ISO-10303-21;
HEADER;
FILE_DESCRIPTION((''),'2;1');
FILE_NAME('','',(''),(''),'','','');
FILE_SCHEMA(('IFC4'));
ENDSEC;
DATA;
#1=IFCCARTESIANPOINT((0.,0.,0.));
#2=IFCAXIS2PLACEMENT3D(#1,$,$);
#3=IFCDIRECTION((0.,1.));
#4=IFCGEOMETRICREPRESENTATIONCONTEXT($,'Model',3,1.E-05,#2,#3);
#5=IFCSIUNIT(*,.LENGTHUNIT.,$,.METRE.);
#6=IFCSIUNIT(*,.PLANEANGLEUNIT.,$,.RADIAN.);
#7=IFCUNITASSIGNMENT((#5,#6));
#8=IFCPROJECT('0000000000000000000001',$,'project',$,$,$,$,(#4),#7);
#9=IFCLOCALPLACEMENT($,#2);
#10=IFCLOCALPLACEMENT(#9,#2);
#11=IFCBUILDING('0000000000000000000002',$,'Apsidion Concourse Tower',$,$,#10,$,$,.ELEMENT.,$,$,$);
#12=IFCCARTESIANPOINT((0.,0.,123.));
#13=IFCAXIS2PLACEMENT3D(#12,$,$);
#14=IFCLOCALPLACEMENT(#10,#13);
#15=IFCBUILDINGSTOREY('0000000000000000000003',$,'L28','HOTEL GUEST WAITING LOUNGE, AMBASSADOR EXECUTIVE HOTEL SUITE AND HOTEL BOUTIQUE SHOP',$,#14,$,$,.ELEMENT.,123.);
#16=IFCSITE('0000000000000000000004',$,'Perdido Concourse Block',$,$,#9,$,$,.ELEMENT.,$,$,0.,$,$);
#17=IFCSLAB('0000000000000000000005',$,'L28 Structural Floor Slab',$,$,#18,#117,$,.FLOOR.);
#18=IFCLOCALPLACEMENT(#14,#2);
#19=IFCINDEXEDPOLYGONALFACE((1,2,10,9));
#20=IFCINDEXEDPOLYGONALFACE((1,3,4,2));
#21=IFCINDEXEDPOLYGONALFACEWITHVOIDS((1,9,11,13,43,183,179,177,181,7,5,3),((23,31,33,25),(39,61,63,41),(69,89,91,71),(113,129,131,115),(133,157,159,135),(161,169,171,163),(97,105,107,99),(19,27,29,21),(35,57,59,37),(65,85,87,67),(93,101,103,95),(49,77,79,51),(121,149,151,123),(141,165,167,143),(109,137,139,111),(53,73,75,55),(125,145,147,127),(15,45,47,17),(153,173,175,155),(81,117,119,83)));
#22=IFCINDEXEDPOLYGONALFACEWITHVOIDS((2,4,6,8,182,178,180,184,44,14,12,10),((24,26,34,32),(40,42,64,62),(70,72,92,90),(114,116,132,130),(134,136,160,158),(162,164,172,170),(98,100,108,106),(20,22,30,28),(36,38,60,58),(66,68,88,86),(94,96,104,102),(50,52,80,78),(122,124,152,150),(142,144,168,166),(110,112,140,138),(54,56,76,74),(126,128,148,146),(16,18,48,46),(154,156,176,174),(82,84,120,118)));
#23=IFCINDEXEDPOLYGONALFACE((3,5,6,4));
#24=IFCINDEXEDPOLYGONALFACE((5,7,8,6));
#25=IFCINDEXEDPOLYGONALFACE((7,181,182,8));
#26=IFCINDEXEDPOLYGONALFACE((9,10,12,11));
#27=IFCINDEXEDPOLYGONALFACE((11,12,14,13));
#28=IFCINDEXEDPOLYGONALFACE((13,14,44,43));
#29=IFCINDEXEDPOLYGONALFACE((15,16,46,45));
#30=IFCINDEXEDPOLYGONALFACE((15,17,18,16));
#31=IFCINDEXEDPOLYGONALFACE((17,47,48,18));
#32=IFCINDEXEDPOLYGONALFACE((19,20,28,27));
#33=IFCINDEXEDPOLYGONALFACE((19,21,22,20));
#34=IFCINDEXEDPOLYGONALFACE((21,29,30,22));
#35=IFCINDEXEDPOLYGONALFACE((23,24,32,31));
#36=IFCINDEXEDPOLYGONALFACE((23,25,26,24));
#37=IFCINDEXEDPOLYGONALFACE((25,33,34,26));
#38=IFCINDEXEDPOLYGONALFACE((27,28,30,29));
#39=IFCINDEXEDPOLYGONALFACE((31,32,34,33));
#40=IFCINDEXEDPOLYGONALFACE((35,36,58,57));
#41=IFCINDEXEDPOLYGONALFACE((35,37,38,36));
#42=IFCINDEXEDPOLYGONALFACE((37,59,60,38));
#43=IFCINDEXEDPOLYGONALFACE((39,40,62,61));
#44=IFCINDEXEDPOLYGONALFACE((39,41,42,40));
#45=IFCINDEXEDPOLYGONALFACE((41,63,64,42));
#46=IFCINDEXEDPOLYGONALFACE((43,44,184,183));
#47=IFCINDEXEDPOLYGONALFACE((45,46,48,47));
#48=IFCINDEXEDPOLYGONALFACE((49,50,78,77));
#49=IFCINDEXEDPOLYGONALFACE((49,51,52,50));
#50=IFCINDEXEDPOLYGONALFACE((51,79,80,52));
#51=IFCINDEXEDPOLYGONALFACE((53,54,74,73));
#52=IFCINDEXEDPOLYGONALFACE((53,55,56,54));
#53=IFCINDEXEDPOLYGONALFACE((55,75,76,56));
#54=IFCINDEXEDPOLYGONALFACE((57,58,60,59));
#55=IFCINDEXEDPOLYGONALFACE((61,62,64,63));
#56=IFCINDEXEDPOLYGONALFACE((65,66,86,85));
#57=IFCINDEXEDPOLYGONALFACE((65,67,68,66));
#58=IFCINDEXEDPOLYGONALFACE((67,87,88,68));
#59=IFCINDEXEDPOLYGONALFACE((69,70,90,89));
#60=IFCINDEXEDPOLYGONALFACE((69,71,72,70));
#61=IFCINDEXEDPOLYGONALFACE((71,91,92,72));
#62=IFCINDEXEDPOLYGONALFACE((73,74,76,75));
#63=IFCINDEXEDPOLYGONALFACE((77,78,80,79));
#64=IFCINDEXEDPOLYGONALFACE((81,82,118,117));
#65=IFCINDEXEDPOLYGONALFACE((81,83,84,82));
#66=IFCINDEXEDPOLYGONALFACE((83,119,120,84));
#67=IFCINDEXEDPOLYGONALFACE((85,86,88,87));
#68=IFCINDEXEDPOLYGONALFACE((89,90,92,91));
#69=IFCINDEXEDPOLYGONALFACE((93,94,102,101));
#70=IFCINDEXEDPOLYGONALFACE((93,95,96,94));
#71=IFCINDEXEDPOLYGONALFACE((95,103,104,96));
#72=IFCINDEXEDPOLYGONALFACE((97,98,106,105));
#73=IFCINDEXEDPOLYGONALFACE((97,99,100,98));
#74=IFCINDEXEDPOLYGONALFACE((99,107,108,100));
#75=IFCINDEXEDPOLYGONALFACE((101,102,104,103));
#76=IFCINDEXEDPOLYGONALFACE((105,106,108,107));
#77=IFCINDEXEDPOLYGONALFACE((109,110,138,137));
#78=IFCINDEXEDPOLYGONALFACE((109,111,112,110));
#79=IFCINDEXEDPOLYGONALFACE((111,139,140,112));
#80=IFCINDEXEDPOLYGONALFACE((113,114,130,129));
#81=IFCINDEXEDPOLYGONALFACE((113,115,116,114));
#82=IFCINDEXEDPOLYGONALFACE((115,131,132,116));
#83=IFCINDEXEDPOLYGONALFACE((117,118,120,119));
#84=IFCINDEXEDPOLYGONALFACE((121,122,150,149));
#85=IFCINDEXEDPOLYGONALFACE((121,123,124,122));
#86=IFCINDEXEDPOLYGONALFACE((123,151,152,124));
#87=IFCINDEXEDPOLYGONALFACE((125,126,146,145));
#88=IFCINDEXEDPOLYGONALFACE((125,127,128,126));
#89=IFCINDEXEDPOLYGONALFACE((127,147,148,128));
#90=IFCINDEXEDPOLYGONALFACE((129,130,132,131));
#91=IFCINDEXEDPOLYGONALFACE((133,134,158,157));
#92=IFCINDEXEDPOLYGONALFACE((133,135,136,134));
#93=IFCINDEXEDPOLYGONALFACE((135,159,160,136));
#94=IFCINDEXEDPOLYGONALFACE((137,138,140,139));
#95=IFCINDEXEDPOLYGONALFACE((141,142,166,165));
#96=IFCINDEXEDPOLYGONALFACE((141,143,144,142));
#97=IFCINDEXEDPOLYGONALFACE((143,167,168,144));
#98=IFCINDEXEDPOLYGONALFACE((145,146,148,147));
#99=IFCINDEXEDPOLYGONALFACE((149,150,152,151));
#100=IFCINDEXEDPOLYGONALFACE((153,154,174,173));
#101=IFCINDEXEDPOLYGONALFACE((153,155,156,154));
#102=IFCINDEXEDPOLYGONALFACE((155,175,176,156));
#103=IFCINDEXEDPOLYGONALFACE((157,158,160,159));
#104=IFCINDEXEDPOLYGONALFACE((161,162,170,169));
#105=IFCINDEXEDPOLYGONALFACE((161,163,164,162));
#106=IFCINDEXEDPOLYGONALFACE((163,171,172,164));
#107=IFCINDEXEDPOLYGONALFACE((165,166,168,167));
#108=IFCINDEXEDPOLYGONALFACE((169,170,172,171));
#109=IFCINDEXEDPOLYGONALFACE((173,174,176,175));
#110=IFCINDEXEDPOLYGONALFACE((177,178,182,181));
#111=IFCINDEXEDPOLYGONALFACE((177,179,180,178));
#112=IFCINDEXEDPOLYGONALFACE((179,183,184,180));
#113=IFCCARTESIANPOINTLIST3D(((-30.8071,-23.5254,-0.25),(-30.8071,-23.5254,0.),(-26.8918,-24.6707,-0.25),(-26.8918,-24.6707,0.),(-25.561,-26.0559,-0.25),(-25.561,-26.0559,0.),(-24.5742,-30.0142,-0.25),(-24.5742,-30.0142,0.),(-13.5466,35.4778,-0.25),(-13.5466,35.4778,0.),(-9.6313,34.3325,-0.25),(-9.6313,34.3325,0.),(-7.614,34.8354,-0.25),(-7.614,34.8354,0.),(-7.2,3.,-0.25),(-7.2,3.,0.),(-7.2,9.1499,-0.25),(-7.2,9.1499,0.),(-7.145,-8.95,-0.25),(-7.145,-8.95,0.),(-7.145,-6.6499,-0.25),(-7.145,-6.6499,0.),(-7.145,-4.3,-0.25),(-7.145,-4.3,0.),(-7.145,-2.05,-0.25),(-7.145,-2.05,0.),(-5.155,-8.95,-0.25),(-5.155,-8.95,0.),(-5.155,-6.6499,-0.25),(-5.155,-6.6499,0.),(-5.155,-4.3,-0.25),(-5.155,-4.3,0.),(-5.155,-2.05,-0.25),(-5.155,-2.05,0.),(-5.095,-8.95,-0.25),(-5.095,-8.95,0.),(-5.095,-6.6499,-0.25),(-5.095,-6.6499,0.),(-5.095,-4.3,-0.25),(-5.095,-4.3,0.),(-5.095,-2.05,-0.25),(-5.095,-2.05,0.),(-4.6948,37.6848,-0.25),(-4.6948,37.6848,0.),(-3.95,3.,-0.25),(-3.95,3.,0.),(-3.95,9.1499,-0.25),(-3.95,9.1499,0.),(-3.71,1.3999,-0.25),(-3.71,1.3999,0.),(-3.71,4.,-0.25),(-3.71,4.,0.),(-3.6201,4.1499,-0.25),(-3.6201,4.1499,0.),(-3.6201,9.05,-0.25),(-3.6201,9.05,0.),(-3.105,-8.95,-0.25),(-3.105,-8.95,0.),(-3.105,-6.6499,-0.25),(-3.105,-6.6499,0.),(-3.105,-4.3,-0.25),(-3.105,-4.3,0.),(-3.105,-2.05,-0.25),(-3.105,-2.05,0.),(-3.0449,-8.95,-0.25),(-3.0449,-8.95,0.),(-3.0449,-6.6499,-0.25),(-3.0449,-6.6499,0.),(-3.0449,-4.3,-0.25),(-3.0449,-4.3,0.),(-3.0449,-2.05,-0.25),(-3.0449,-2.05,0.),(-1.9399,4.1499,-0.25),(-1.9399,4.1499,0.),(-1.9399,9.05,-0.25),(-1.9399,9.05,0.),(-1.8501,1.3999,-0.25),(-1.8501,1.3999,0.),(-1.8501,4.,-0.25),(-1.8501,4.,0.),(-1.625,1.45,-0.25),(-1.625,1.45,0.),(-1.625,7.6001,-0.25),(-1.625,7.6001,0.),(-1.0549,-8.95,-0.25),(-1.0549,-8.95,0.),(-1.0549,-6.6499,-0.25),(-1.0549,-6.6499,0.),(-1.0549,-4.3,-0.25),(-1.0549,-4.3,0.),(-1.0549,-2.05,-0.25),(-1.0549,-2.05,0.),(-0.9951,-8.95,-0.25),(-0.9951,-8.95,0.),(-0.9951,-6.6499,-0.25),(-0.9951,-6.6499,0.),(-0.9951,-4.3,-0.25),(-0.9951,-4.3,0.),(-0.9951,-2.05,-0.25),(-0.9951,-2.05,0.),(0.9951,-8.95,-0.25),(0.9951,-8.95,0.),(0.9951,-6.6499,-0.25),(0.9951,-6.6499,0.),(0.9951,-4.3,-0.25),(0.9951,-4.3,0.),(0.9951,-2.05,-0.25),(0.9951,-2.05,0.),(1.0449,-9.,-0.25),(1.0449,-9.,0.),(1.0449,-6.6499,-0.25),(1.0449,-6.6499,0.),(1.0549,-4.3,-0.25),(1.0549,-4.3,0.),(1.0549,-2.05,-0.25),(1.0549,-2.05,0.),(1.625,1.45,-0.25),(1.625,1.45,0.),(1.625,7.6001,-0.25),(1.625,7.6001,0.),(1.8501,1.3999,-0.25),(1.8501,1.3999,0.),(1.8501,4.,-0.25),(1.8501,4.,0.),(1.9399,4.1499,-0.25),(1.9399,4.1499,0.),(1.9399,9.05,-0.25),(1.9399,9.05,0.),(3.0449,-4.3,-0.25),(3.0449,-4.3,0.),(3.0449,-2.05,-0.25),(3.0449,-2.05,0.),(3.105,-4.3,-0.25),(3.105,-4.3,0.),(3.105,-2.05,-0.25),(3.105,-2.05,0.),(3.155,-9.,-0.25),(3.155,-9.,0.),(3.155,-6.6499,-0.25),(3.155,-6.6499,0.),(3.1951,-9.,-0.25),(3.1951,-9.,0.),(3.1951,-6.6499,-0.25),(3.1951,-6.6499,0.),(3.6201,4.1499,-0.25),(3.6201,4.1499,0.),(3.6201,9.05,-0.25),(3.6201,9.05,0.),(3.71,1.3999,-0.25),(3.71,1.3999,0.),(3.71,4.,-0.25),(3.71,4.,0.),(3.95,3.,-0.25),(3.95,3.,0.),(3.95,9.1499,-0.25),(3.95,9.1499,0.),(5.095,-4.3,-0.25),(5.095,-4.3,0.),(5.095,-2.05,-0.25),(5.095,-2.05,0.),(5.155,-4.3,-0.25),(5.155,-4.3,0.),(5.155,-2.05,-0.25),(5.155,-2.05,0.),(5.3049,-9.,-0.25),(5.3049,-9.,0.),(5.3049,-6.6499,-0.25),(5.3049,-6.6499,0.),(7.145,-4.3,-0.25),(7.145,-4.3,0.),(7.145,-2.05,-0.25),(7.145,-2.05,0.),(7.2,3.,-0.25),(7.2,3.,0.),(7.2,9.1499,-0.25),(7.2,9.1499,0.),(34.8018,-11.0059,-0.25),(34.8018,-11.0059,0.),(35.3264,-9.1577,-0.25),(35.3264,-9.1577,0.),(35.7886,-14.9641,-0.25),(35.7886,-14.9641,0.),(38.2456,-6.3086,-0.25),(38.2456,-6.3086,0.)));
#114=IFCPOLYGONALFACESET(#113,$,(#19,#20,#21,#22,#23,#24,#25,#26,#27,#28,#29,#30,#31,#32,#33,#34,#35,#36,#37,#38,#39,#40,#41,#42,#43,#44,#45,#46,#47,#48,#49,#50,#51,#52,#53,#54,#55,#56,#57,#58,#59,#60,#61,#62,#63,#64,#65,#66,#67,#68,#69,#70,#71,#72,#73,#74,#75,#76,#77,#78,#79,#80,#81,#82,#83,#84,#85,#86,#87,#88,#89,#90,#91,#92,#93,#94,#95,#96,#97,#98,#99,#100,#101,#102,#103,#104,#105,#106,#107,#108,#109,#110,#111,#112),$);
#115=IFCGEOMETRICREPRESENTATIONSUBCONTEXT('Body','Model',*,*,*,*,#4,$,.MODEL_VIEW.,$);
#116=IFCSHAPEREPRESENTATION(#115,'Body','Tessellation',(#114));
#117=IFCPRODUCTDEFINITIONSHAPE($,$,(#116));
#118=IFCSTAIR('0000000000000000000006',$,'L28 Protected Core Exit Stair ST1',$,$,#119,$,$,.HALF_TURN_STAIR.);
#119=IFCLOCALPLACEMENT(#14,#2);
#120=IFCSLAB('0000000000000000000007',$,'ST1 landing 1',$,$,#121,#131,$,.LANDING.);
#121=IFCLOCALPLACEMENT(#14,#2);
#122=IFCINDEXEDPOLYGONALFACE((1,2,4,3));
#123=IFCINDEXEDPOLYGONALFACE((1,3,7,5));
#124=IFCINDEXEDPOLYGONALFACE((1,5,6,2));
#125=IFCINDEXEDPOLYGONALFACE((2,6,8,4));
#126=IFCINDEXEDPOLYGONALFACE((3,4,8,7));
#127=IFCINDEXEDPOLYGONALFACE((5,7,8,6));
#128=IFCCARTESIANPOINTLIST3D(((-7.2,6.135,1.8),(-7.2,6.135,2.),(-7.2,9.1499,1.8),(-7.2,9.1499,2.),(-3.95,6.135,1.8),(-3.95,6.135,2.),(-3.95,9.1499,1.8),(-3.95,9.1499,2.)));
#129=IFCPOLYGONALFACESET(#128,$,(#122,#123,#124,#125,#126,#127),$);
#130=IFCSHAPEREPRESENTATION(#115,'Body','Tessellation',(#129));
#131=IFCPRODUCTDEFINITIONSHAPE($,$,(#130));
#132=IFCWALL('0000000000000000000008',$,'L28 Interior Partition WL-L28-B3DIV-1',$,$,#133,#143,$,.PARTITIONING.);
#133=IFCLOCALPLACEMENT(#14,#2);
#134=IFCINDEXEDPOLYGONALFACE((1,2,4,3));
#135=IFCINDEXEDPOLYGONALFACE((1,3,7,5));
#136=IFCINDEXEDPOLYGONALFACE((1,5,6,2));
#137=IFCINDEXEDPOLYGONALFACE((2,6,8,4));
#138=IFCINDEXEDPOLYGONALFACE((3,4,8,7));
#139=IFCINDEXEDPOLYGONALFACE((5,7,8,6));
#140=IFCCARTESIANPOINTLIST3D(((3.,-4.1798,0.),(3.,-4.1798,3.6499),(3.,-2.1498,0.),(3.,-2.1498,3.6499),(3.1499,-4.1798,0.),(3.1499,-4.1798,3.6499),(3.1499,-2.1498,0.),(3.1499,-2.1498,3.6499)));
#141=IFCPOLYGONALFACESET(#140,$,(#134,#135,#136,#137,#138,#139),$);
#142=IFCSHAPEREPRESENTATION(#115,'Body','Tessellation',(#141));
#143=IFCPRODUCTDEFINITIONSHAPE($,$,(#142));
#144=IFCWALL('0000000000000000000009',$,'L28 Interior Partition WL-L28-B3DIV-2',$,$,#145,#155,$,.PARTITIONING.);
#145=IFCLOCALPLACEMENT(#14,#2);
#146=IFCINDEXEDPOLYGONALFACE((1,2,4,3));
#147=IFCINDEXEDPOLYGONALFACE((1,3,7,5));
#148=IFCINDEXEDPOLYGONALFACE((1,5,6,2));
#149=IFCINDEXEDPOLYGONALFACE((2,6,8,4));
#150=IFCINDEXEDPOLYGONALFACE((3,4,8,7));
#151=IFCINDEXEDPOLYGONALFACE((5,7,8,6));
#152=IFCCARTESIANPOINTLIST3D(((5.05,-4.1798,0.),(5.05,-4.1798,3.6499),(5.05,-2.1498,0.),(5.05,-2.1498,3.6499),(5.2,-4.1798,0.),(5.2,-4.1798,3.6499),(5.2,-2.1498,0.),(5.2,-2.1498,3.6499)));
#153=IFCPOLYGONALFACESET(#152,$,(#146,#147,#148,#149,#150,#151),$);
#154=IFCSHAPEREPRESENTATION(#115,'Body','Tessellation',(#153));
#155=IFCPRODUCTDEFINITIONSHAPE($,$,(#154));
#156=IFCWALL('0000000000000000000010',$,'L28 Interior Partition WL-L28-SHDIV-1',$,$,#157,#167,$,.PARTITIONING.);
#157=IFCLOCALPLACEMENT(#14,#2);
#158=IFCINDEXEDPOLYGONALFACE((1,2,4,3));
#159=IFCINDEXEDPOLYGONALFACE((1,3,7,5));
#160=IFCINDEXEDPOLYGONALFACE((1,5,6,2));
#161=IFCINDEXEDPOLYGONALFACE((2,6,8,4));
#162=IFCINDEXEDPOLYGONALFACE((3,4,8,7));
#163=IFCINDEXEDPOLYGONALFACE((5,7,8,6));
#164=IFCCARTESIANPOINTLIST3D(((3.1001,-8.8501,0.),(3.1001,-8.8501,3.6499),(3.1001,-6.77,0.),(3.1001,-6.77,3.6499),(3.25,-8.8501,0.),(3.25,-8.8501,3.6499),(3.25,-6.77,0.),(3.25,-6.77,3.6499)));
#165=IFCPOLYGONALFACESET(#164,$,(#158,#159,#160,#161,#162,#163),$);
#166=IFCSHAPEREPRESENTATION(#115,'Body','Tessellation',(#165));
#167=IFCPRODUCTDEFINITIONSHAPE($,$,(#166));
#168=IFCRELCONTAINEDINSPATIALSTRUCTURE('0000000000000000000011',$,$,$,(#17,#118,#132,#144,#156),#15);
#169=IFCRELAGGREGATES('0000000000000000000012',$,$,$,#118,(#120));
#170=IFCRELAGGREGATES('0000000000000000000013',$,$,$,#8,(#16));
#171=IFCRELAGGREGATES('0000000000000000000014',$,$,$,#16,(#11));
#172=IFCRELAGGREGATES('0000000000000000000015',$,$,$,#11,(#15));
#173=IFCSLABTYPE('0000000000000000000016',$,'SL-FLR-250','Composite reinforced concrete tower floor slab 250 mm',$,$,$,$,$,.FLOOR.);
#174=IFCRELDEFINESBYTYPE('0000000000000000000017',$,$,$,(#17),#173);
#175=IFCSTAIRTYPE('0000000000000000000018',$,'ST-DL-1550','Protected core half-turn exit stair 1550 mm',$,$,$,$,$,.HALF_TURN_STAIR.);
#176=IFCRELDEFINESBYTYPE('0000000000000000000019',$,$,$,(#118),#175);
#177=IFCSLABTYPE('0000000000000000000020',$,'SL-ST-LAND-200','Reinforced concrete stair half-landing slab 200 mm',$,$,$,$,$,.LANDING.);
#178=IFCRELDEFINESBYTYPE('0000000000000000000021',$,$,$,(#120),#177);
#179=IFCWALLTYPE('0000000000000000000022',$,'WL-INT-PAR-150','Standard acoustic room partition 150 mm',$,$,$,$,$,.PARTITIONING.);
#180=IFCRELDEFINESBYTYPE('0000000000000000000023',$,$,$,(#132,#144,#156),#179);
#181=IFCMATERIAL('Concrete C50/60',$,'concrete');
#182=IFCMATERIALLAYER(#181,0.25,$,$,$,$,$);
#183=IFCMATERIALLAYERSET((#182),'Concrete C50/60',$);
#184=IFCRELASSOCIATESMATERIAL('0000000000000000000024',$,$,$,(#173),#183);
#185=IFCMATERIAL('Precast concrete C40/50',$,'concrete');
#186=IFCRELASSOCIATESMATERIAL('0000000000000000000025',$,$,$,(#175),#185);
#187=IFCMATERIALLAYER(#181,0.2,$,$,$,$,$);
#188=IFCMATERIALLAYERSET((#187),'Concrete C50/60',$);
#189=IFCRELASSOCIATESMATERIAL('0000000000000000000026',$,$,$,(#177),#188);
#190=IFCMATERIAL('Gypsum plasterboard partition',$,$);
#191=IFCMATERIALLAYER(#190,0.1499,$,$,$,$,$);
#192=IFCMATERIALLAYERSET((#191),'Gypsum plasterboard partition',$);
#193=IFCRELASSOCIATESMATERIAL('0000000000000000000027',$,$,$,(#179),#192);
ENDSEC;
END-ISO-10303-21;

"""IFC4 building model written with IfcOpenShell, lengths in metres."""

from ifc_helpers import new_model, si_unit, direction, frame, frame_2d, origin, place, context, subcontext, project, spatial, polyline, rectangle, outline, extrude, material, layer, layer_set, type_object, element, aggregate, save


model = new_model("IFC4")

# Units and contexts
model_context = context("Model", 3, precision=1e-05, world=origin(), true_north=direction((0.0, 1.0)))
body_context = subcontext(model_context, "Body", "Model", "MODEL_VIEW")
ifc_project = project(units=[si_unit("LENGTHUNIT", "METRE"), si_unit("PLANEANGLEUNIT", "RADIAN")], contexts=[model_context])

# Site, building, storey
site_placement = place(None, origin())
site = spatial("IfcSite", under=ifc_project, at=site_placement, Name="Perdido Concourse Block", CompositionType="ELEMENT", RefElevation=0.0)
building_placement = place(site_placement, origin())
building = spatial("IfcBuilding", under=site, at=building_placement, Name="Apsidion Concourse Tower", CompositionType="ELEMENT")
storey_placement = place(building_placement, frame((0.0, 0.0, 123.0)))
storey = spatial("IfcBuildingStorey", under=building, at=storey_placement, Name="L28", Description="HOTEL GUEST WAITING LOUNGE, AMBASSADOR EXECUTIVE HOTEL SUITE AND HOTEL BOUTIQUE SHOP", CompositionType="ELEMENT", Elevation=123.0)

# Shared definitions
ifc_material_1 = material(Name="Concrete C50/60", Category="concrete")

# Slab
ifc_layer_1 = layer(ifc_material_1, 0.25)
ifc_layer_set_1 = layer_set([ifc_layer_1], Name="Concrete C50/60")
slab_type_1 = type_object("IfcSlabType", Name="SL-FLR-250", Description="Composite reinforced concrete tower floor slab 250 mm", PredefinedType="FLOOR", material=ifc_layer_set_1)
slab_1_placement = place(storey_placement, frame((0.0, 0.0, -0.25)))
element("IfcSlab", 1, at=slab_1_placement, inside=storey, type_object=slab_type_1, Name="L28 Structural Floor Slab", PredefinedType="FLOOR", context=body_context, shape_type="SweptSolid", body=[
    extrude(outline(polyline([(-4.6948, 37.6848), (-7.614, 34.8354), (-9.6313, 34.3325), (-13.5466, 35.4778), (-30.8071, -23.5254), (-26.8918, -24.6707), (-25.561, -26.0559), (-24.5742, -30.0142), (35.7886, -14.9641), (34.8018, -11.0059), (35.3264, -9.1577), (38.2456, -6.3086), (-4.6948, 37.6848)]), holes=[polyline([(-3.95, 3.0), (-3.95, 9.1499), (-7.2, 9.1499), (-7.2, 3.0), (-3.95, 3.0)]), polyline([(7.2, 3.0), (7.2, 9.1499), (3.95, 9.1499), (3.95, 3.0), (7.2, 3.0)]), polyline([(-1.625, 7.6001), (-1.625, 1.45), (1.625, 1.45), (1.625, 7.6001), (-1.625, 7.6001)]), polyline([(-7.145, -4.3), (-5.155, -4.3), (-5.155, -2.05), (-7.145, -2.05), (-7.145, -4.3)]), polyline([(-5.095, -4.3), (-3.105, -4.3), (-3.105, -2.05), (-5.095, -2.05), (-5.095, -4.3)]), polyline([(-3.0449, -4.3), (-1.0549, -4.3), (-1.0549, -2.05), (-3.0449, -2.05), (-3.0449, -4.3)]), polyline([(-0.9951, -4.3), (0.9951, -4.3), (0.9951, -2.05), (-0.9951, -2.05), (-0.9951, -4.3)]), polyline([(1.0549, -4.3), (3.0449, -4.3), (3.0449, -2.05), (1.0549, -2.05), (1.0549, -4.3)]), polyline([(3.105, -4.3), (5.095, -4.3), (5.095, -2.05), (3.105, -2.05), (3.105, -4.3)]), polyline([(5.155, -4.3), (7.145, -4.3), (7.145, -2.05), (5.155, -2.05), (5.155, -4.3)]), polyline([(-7.145, -8.95), (-5.155, -8.95), (-5.155, -6.6499), (-7.145, -6.6499), (-7.145, -8.95)]), polyline([(-5.095, -8.95), (-3.105, -8.95), (-3.105, -6.6499), (-5.095, -6.6499), (-5.095, -8.95)]), polyline([(-3.0449, -8.95), (-1.0549, -8.95), (-1.0549, -6.6499), (-3.0449, -6.6499), (-3.0449, -8.95)]), polyline([(-0.9951, -8.95), (0.9951, -8.95), (0.9951, -6.6499), (-0.9951, -6.6499), (-0.9951, -8.95)]), polyline([(1.0449, -9.0), (3.155, -9.0), (3.155, -6.6499), (1.0449, -6.6499), (1.0449, -9.0)]), polyline([(3.1951, -9.0), (5.3049, -9.0), (5.3049, -6.6499), (3.1951, -6.6499), (3.1951, -9.0)]), polyline([(-3.71, 1.3999), (-1.8501, 1.3999), (-1.8501, 4.0), (-3.71, 4.0), (-3.71, 1.3999)]), polyline([(1.8501, 1.3999), (3.71, 1.3999), (3.71, 4.0), (1.8501, 4.0), (1.8501, 1.3999)]), polyline([(-3.6201, 4.1499), (-1.9399, 4.1499), (-1.9399, 9.05), (-3.6201, 9.05), (-3.6201, 4.1499)]), polyline([(1.9399, 4.1499), (3.6201, 4.1499), (3.6201, 9.05), (1.9399, 9.05), (1.9399, 4.1499)])]), origin(), (0.0, 0.0, 1.0), 0.25),
])

# Stair, slab
ifc_material_2 = material(Name="Precast concrete C40/50", Category="concrete")
stair_type = type_object("IfcStairType", Name="ST-DL-1550", Description="Protected core half-turn exit stair 1550 mm", PredefinedType="HALF_TURN_STAIR", material=ifc_material_2)
stair_placement = place(storey_placement, origin())
stair = element("IfcStair", 2, at=stair_placement, inside=storey, type_object=stair_type, Name="L28 Protected Core Exit Stair ST1", PredefinedType="HALF_TURN_STAIR")
ifc_layer_2 = layer(ifc_material_1, 0.2)
ifc_layer_set_2 = layer_set([ifc_layer_2], Name="Concrete C50/60")
slab_type_2 = type_object("IfcSlabType", Name="SL-ST-LAND-200", Description="Reinforced concrete stair half-landing slab 200 mm", PredefinedType="LANDING", material=ifc_layer_set_2)
slab_2_placement = place(storey_placement, frame((0.0, 0.0, 1.8)))
slab_2 = element("IfcSlab", 3, at=slab_2_placement, type_object=slab_type_2, Name="ST1 landing 1", PredefinedType="LANDING", context=body_context, shape_type="SweptSolid", body=[
    extrude(outline(polyline([(-3.95, 6.135), (-3.95, 9.1499), (-7.2, 9.1499), (-7.2, 6.135), (-3.95, 6.135)])), origin(), (0.0, 0.0, 1.0), 0.2),
])
aggregate(stair, [slab_2])

# Walls
ifc_material_3 = material(Name="Gypsum plasterboard partition")
ifc_layer_3 = layer(ifc_material_3, 0.1499)
ifc_layer_set_3 = layer_set([ifc_layer_3], Name="Gypsum plasterboard partition")
wall_type_1 = type_object("IfcWallType", Name="WL-INT-PAR-150", Description="Standard acoustic room partition 150 mm", PredefinedType="PARTITIONING", material=ifc_layer_set_3)
for number, where, z_axis, x_axis, name in (
    (4, (3.075, -4.1799, 0.0), (0.0, 0.0, 1.0), (0.0, 1.0, 0.0), "L28 Interior Partition WL-L28-B3DIV-1"),
    (5, (5.125, -4.1799, 0.0), (0.0, 0.0, 1.0), (0.0, 1.0, 0.0), "L28 Interior Partition WL-L28-B3DIV-2"),
):
    element("IfcWall", number, at=place(storey_placement, frame(where, z_axis=z_axis, x_axis=x_axis)), inside=storey, type_object=wall_type_1, Name=name, PredefinedType="PARTITIONING", context=body_context, shape_type="SweptSolid", body=[
        extrude(rectangle(XDim=2.03, YDim=0.1499, at=frame_2d((1.0151, 0.0))), origin(), (0.0, 0.0, 1.0), 3.6499),
    ])
wall_1_placement = place(storey_placement, frame((3.175, -8.8501, 0.0), z_axis=(0.0, 0.0, 1.0), x_axis=(0.0, 1.0, 0.0)))
element("IfcWall", 6, at=wall_1_placement, inside=storey, type_object=wall_type_1, Name="L28 Interior Partition WL-L28-SHDIV-1", PredefinedType="PARTITIONING", context=body_context, shape_type="SweptSolid", body=[
    extrude(rectangle(XDim=2.0801, YDim=0.1499, at=frame_2d((1.04, 0.0))), origin(), (0.0, 0.0, 1.0), 3.6499),
])

save(model, "model.ifc")
